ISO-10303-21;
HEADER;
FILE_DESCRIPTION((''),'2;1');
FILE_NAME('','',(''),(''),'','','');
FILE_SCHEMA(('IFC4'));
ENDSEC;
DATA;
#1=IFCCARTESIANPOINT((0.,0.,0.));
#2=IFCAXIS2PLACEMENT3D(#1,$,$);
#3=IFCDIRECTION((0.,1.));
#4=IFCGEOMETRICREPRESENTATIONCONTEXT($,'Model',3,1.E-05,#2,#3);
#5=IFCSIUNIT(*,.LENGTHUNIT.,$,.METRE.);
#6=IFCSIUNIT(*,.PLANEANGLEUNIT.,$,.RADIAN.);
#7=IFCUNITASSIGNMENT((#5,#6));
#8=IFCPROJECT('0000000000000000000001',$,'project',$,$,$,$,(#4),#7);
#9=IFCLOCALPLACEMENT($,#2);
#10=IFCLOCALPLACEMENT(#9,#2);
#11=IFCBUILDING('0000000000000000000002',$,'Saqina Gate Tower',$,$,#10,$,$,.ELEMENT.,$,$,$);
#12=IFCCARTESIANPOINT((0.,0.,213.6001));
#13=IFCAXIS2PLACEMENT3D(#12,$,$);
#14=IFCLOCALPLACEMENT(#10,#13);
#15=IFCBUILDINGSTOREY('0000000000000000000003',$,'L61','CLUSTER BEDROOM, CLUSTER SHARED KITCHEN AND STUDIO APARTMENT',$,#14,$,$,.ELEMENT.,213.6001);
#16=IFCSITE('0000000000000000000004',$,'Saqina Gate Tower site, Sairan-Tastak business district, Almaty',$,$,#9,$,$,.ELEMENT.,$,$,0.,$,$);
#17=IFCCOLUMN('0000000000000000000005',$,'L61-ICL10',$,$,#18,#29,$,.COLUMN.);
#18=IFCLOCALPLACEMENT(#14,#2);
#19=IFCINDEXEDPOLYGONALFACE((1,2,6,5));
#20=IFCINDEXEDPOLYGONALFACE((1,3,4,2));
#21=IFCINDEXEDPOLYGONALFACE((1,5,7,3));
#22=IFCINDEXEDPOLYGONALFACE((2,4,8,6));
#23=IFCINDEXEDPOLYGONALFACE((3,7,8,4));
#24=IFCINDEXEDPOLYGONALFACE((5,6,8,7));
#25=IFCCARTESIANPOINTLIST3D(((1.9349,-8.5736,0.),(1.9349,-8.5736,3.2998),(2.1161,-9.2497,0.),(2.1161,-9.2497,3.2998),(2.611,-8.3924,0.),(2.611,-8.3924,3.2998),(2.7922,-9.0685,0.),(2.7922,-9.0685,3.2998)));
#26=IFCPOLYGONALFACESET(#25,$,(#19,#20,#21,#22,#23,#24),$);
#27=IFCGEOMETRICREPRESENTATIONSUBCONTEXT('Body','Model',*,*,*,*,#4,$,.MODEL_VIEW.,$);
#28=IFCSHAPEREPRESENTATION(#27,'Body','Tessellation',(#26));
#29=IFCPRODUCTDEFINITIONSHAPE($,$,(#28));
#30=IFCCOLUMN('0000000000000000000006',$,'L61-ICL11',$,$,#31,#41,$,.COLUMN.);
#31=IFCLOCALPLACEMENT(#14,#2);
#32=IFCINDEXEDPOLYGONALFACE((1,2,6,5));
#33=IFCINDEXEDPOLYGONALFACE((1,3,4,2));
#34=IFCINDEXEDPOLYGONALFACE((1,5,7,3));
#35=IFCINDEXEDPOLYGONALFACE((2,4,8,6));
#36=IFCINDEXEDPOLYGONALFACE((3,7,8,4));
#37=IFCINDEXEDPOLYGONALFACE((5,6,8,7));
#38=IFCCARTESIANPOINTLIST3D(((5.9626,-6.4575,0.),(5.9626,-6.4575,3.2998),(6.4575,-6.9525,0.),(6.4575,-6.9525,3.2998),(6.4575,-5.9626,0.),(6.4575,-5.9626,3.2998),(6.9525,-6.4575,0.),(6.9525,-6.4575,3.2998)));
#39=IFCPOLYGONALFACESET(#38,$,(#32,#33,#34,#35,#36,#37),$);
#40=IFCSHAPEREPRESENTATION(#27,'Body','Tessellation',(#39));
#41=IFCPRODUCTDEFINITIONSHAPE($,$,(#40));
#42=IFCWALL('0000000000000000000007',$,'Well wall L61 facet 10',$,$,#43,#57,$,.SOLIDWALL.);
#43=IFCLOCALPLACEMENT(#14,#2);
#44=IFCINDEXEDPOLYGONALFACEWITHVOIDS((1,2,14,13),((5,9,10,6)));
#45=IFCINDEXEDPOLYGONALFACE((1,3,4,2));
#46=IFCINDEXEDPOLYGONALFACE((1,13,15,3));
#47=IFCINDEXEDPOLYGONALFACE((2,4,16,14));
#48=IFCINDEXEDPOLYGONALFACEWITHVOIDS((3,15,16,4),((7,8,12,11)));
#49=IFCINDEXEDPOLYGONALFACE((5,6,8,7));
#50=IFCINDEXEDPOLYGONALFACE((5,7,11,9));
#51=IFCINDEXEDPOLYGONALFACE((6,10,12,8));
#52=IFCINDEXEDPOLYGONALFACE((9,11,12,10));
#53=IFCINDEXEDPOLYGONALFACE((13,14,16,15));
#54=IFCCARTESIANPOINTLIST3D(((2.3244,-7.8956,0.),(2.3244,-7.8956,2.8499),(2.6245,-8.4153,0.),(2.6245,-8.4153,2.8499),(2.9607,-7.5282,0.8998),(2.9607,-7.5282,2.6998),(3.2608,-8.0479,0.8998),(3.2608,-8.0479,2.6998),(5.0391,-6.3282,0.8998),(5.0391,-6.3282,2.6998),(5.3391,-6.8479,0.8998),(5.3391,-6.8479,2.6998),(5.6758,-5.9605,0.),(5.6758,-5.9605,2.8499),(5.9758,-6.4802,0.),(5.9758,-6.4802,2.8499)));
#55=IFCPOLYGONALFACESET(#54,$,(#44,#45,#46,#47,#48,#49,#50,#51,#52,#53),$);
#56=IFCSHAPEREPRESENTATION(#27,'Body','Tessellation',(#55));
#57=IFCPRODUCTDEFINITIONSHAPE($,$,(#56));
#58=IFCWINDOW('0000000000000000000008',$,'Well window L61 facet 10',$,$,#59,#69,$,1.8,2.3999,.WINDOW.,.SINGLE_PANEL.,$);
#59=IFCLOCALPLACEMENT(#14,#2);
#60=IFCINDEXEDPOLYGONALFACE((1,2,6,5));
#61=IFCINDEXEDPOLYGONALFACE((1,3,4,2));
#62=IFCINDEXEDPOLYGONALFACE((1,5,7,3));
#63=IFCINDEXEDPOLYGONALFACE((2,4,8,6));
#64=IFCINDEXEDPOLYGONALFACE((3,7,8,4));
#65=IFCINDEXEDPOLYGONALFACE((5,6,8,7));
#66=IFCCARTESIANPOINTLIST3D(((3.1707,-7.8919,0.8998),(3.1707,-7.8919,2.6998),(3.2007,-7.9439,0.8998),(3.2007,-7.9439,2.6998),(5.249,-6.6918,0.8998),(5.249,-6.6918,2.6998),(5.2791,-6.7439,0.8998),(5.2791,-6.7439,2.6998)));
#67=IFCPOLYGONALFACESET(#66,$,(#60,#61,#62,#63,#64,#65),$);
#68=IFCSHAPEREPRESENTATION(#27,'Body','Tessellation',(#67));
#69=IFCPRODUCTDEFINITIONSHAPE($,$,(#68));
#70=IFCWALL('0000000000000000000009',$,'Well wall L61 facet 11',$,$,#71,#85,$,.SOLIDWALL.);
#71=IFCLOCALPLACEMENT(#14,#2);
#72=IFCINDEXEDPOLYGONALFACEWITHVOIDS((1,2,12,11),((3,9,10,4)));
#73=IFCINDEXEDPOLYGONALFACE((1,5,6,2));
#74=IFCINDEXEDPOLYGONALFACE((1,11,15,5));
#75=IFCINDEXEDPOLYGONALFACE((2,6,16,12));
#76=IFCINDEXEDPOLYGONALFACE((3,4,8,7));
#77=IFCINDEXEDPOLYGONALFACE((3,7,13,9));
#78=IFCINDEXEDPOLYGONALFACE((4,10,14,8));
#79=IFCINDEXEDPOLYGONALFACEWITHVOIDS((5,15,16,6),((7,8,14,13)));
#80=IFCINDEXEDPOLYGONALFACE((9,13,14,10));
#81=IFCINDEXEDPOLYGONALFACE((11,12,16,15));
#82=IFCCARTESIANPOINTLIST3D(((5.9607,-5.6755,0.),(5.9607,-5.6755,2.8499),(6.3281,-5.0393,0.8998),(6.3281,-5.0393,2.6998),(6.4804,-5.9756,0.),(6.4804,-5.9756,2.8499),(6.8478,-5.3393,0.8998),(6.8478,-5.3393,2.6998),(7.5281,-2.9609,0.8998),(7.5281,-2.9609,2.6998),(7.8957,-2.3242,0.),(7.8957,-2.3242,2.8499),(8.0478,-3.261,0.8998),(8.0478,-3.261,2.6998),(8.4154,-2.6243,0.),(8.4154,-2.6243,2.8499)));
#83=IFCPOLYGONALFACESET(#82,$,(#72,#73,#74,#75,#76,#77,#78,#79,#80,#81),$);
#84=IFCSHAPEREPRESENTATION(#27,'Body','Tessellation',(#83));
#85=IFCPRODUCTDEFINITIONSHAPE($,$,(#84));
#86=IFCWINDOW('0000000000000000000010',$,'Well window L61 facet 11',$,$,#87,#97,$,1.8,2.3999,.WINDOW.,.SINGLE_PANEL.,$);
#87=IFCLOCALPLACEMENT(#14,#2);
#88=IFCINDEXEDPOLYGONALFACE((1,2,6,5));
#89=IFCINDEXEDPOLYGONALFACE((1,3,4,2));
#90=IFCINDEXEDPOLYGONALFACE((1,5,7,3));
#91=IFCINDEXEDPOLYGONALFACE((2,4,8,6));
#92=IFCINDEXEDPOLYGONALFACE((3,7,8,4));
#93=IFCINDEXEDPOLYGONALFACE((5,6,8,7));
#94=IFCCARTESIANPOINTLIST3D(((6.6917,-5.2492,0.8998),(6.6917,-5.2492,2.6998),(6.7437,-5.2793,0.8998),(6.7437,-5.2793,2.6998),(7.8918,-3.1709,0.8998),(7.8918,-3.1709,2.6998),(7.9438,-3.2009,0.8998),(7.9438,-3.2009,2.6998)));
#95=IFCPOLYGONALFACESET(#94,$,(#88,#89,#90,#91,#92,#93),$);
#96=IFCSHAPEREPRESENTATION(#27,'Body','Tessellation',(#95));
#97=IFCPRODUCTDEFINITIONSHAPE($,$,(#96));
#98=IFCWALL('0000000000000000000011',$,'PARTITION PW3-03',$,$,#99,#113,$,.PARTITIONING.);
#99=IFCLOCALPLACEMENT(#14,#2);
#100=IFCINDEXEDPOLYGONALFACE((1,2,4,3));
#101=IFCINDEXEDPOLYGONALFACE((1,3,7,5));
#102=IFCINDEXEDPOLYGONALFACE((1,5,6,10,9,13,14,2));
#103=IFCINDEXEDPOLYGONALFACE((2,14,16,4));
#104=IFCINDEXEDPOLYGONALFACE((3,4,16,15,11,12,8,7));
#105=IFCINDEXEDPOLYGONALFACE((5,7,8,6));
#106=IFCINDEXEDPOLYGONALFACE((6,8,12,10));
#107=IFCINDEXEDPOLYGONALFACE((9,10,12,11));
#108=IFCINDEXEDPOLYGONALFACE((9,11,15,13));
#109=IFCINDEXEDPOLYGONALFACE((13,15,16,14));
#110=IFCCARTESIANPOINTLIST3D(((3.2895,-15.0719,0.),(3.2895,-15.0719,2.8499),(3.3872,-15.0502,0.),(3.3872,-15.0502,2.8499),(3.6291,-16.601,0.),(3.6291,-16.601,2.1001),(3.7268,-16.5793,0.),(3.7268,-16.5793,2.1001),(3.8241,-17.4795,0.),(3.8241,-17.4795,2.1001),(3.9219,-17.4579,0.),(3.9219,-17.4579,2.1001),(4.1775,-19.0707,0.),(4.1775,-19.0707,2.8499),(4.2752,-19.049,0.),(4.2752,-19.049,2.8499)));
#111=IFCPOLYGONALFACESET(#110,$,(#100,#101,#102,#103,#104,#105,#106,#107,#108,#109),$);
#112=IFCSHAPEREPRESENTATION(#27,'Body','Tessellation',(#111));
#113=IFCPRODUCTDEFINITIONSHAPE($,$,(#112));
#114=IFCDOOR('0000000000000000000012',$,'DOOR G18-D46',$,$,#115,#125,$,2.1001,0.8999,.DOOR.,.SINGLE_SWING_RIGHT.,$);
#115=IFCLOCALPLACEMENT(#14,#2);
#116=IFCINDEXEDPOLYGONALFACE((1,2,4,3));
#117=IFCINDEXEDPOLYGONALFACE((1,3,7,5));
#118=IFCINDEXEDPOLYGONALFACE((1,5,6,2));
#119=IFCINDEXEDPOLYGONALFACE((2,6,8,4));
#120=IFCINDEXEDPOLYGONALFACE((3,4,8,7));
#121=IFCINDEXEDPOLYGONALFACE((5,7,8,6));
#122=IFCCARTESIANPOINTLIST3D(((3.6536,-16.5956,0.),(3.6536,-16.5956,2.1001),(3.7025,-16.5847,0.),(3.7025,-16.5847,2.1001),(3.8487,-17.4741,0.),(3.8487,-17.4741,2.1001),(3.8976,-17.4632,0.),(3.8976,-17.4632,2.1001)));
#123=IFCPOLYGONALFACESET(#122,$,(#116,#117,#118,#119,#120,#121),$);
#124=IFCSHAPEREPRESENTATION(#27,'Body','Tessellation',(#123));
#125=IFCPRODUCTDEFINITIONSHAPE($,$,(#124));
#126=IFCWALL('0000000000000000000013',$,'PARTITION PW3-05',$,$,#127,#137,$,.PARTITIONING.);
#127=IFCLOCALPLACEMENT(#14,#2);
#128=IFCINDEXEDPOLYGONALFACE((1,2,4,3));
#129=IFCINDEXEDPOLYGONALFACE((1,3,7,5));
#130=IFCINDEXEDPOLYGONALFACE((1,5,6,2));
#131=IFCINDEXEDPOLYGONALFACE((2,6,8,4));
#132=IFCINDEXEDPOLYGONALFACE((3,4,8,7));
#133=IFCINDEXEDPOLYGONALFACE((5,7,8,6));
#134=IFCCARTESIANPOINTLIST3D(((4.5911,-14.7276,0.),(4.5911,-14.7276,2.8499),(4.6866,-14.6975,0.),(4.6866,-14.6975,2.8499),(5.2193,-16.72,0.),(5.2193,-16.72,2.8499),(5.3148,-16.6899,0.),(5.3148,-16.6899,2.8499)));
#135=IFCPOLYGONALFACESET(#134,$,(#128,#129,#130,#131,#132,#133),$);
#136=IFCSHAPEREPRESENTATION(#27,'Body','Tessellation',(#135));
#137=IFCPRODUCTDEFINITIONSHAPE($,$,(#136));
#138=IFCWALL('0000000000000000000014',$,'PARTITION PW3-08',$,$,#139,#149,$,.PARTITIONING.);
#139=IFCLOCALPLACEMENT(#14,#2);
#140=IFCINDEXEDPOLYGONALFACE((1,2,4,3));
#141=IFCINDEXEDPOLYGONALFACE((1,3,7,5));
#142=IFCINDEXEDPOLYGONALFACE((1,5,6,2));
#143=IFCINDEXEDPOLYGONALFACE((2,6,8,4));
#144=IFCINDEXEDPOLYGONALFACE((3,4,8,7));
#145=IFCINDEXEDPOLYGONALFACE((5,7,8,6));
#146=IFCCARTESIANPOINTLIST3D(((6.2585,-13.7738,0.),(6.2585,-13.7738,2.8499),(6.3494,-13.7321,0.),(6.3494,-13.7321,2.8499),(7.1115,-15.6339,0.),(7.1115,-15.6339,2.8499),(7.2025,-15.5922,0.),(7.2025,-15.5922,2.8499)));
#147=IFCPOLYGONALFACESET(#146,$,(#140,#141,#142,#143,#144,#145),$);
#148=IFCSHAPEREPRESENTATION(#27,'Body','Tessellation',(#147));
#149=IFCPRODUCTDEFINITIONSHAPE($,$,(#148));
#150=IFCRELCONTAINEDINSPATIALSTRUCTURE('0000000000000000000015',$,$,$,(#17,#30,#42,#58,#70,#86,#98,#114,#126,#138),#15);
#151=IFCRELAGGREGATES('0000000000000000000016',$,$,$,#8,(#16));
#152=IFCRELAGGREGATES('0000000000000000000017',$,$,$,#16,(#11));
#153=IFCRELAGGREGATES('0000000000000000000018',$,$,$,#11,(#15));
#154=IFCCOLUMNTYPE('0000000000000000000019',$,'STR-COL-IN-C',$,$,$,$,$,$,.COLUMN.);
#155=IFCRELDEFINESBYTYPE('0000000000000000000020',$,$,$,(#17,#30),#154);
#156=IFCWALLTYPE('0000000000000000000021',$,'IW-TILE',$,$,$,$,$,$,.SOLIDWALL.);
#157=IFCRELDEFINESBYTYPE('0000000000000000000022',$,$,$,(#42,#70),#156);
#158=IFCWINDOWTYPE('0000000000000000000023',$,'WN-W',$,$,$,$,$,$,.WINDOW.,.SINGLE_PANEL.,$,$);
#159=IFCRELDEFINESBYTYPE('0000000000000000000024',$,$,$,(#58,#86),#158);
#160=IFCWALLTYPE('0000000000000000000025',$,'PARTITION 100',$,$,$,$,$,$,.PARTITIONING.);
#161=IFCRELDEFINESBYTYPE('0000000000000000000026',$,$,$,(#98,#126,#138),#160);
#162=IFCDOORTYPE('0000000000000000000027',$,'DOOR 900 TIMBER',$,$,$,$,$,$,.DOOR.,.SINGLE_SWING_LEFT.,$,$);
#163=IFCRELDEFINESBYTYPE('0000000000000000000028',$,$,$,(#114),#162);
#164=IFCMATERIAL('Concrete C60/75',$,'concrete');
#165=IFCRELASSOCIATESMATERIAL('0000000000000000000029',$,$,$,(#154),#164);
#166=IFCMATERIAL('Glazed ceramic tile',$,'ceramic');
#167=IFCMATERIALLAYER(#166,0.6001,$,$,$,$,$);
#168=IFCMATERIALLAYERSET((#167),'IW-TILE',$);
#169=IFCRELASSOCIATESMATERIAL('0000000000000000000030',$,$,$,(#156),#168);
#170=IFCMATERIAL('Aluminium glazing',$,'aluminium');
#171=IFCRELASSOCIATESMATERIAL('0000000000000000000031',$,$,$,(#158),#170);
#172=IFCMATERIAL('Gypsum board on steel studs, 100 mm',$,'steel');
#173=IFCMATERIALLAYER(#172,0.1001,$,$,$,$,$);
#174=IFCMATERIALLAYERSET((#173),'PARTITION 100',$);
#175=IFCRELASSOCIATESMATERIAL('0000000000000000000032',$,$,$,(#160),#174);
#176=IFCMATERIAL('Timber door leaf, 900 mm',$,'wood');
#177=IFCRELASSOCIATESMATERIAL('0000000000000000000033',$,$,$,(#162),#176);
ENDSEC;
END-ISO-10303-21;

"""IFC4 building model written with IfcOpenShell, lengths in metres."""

from ifc_helpers import new_model, si_unit, direction, frame, frame_2d, origin, origin_2d, place, context, subcontext, project, spatial, rectangle, extrude, material, layer, layer_set, material_profile, profile_set, type_object, element, fill, save


model = new_model("IFC4")

# Units and contexts
model_context = context("Model", 3, precision=1e-05, world=origin(), true_north=direction((0.0, 1.0)))
body_context = subcontext(model_context, "Body", "Model", "MODEL_VIEW")
ifc_project = project(units=[si_unit("LENGTHUNIT", "METRE"), si_unit("PLANEANGLEUNIT", "RADIAN")], contexts=[model_context])

# Site, building, storey
site_placement = place(None, origin())
site = spatial("IfcSite", under=ifc_project, at=site_placement, Name="Saqina Gate Tower site, Sairan-Tastak business district, Almaty", CompositionType="ELEMENT", RefElevation=0.0)
building_placement = place(site_placement, origin())
building = spatial("IfcBuilding", under=site, at=building_placement, Name="Saqina Gate Tower", CompositionType="ELEMENT")
storey_placement = place(building_placement, frame((0.0, 0.0, 213.6001)))
storey = spatial("IfcBuildingStorey", under=building, at=storey_placement, Name="L61", Description="CLUSTER BEDROOM, CLUSTER SHARED KITCHEN AND STUDIO APARTMENT", CompositionType="ELEMENT", Elevation=213.6001)

# Columns
ifc_material_1 = material(Name="Concrete C60/75", Category="concrete")
ifc_material_profile = material_profile(ifc_material_1, rectangle(XDim=0.7, YDim=0.7, at=origin_2d()), Name="RC 700x700")
ifc_profile_set = profile_set([ifc_material_profile], Name="Concrete C60/75")
column_type = type_object("IfcColumnType", Name="STR-COL-IN-C", PredefinedType="COLUMN", material=ifc_profile_set)
for number, where, z_axis, x_axis, name in (
    (1, (2.3635, -8.821, 0.0), (0.0, 0.0, 1.0), (0.258819, -0.965926, 0.0), "L61-ICL10"),
    (2, (6.4575, -6.4575, 0.0), (0.0, 0.0, 1.0), (0.707107, -0.707107, 0.0), "L61-ICL11"),
):
    element("IfcColumn", number, at=place(storey_placement, frame(where, z_axis=z_axis, x_axis=x_axis)), inside=storey, type_object=column_type, Name=name, PredefinedType="COLUMN", context=body_context, shape_type="SweptSolid", body=[
        extrude(rectangle(XDim=0.7, YDim=0.7, at=origin_2d()), origin(), (0.0, 0.0, 1.0), 3.2998),
    ])

# Walls, openings, windows
ifc_material_2 = material(Name="Glazed ceramic tile", Category="ceramic")
ifc_layer_1 = layer(ifc_material_2, 0.6001)
ifc_layer_set_1 = layer_set([ifc_layer_1], Name="IW-TILE")
wall_type_1 = type_object("IfcWallType", Name="IW-TILE", PredefinedType="SOLIDWALL", material=ifc_layer_set_1)
wall_1_placement = place(storey_placement, frame((2.4744, -8.1555, 0.0), z_axis=(0.0, 0.0, 1.0), x_axis=(0.866006, 0.500034, 0.0)))
wall_1 = element("IfcWall", 3, at=wall_1_placement, inside=storey, type_object=wall_type_1, Name="Well wall L61 facet 10", PredefinedType="SOLIDWALL", context=body_context, shape_type="SweptSolid", body=[
    extrude(rectangle(XDim=3.8699, YDim=0.6001, at=frame_2d((1.9351, 0.0))), origin(), (0.0, 0.0, 1.0), 2.8499),
])
opening_1_placement = place(wall_1_placement, frame((0.7349, 0.0, 0.8999)))
opening_1 = element("IfcOpeningElement", 4, at=opening_1_placement, cuts=wall_1, PredefinedType="OPENING", context=body_context, shape_type="SweptSolid", body=[
    extrude(rectangle(XDim=2.3999, YDim=1.8, at=frame_2d((1.2, 0.8999))), frame((0.0, 0.312, 0.0), z_axis=(0.0, -1.0, 0.0), x_axis=(1.0, 0.0, 0.0)), (0.0, 0.0, 1.0), 0.624),
])
ifc_material_3 = material(Name="Aluminium glazing", Category="aluminium")
window_type = type_object("IfcWindowType", Name="WN-W", PartitioningType="SINGLE_PANEL", PredefinedType="WINDOW", material=ifc_material_3)
window_1_placement = place(opening_1_placement, origin())
window_1 = element("IfcWindow", 5, at=window_1_placement, inside=storey, type_object=window_type, Name="Well window L61 facet 10", OverallHeight=1.8, OverallWidth=2.3999, PartitioningType="SINGLE_PANEL", PredefinedType="WINDOW", context=body_context, shape_type="SweptSolid", body=[
    extrude(rectangle(XDim=2.3999, YDim=1.8, at=frame_2d((1.2, 0.8999))), frame((0.0, -0.1199, 0.0), z_axis=(0.0, -1.0, 0.0), x_axis=(1.0, 0.0, 0.0)), (0.0, 0.0, 1.0), 0.0601),
])
fill(opening_1, window_1)
wall_2_placement = place(storey_placement, frame((6.2205, -5.8257, 0.0), z_axis=(0.0, 0.0, 1.0), x_axis=(0.500034, 0.866006, 0.0)))
wall_2 = element("IfcWall", 6, at=wall_2_placement, inside=storey, type_object=wall_type_1, Name="Well wall L61 facet 11", PredefinedType="SOLIDWALL", context=body_context, shape_type="SweptSolid", body=[
    extrude(rectangle(XDim=3.8699, YDim=0.6001, at=frame_2d((1.9351, 0.0))), origin(), (0.0, 0.0, 1.0), 2.8499),
])
opening_2_placement = place(wall_2_placement, frame((0.7349, 0.0, 0.8999)))
opening_2 = element("IfcOpeningElement", 7, at=opening_2_placement, cuts=wall_2, PredefinedType="OPENING", context=body_context, shape_type="SweptSolid", body=[
    extrude(rectangle(XDim=2.3999, YDim=1.8, at=frame_2d((1.2, 0.8999))), frame((0.0, 0.312, 0.0), z_axis=(0.0, -1.0, 0.0), x_axis=(1.0, 0.0, 0.0)), (0.0, 0.0, 1.0), 0.624),
])
window_2_placement = place(opening_2_placement, origin())
window_2 = element("IfcWindow", 8, at=window_2_placement, inside=storey, type_object=window_type, Name="Well window L61 facet 11", OverallHeight=1.8, OverallWidth=2.3999, PartitioningType="SINGLE_PANEL", PredefinedType="WINDOW", context=body_context, shape_type="SweptSolid", body=[
    extrude(rectangle(XDim=2.3999, YDim=1.8, at=frame_2d((1.2, 0.8999))), frame((0.0, -0.1199, 0.0), z_axis=(0.0, -1.0, 0.0), x_axis=(1.0, 0.0, 0.0)), (0.0, 0.0, 1.0), 0.0601),
])
fill(opening_2, window_2)

# Wall, opening, door
ifc_material_4 = material(Name="Gypsum board on steel studs, 100 mm", Category="steel")
ifc_layer_2 = layer(ifc_material_4, 0.1001)
ifc_layer_set_2 = layer_set([ifc_layer_2], Name="PARTITION 100")
wall_type_2 = type_object("IfcWallType", Name="PARTITION 100", PredefinedType="PARTITIONING", material=ifc_layer_set_2)
wall_3_placement = place(storey_placement, frame((3.3384, -15.061, 0.0), z_axis=(0.0, 0.0, 1.0), x_axis=(0.216773, -0.976222, 0.0)))
wall_3 = element("IfcWall", 9, at=wall_3_placement, inside=storey, type_object=wall_type_2, Name="PARTITION PW3-03", PredefinedType="PARTITIONING", context=body_context, shape_type="SweptSolid", body=[
    extrude(rectangle(XDim=4.0962, YDim=0.1001, at=frame_2d((2.0481, 0.0))), origin(), (0.0, 0.0, 1.0), 2.8499),
])
opening_3_placement = place(wall_3_placement, frame((1.5664, 0.0, 0.0)))
opening_3 = element("IfcOpeningElement", 10, at=opening_3_placement, cuts=wall_3, PredefinedType="OPENING", context=body_context, shape_type="SweptSolid", body=[
    extrude(rectangle(XDim=0.8999, YDim=2.1001, at=frame_2d((0.45, 1.05))), frame((0.0, 0.062, 0.0), z_axis=(0.0, -1.0, 0.0), x_axis=(1.0, 0.0, 0.0)), (0.0, 0.0, 1.0), 0.124),
])
ifc_material_5 = material(Name="Timber door leaf, 900 mm", Category="wood")
door_type_1 = type_object("IfcDoorType", Name="DOOR 900 TIMBER", OperationType="SINGLE_SWING_LEFT", PredefinedType="DOOR", material=ifc_material_5)
door_1_placement = place(opening_3_placement, frame((0.8999, 0.0, 0.0), z_axis=(0.0, 0.0, 1.0), x_axis=(-1.0, 0.0, 0.0)))
door_1 = element("IfcDoor", 11, at=door_1_placement, inside=storey, type_object=door_type_1, Name="DOOR G18-D46", OperationType="SINGLE_SWING_RIGHT", OverallHeight=2.1001, OverallWidth=0.8999, PredefinedType="DOOR", context=body_context, shape_type="SweptSolid", body=[
    extrude(rectangle(XDim=0.8999, YDim=2.1001, at=frame_2d((0.45, 1.05))), frame((0.0, 0.0249, 0.0), z_axis=(0.0, -1.0, 0.0), x_axis=(1.0, 0.0, 0.0)), (0.0, 0.0, 1.0), 0.05),
])
fill(opening_3, door_1)

# Walls
wall_4_placement = place(storey_placement, frame((4.6389, -14.7126, 0.0), z_axis=(0.0, 0.0, 1.0), x_axis=(0.300689, -0.953722, 0.0)))
element("IfcWall", 12, at=wall_4_placement, inside=storey, type_object=wall_type_2, Name="PARTITION PW3-05", PredefinedType="PARTITIONING", context=body_context, shape_type="SweptSolid", body=[
    extrude(rectangle(XDim=2.0891, YDim=0.1001, at=frame_2d((1.0444, 0.0))), origin(), (0.0, 0.0, 1.0), 2.8499),
])
wall_5_placement = place(storey_placement, frame((6.304, -13.7529, 0.0), z_axis=(0.0, 0.0, 1.0), x_axis=(0.416848, -0.908976, 0.0)))
element("IfcWall", 13, at=wall_5_placement, inside=storey, type_object=wall_type_2, Name="PARTITION PW3-08", PredefinedType="PARTITIONING", context=body_context, shape_type="SweptSolid", body=[
    extrude(rectangle(XDim=2.0464, YDim=0.1001, at=frame_2d((1.0232, 0.0))), origin(), (0.0, 0.0, 1.0), 2.8499),
])

save(model, "model.ifc")
